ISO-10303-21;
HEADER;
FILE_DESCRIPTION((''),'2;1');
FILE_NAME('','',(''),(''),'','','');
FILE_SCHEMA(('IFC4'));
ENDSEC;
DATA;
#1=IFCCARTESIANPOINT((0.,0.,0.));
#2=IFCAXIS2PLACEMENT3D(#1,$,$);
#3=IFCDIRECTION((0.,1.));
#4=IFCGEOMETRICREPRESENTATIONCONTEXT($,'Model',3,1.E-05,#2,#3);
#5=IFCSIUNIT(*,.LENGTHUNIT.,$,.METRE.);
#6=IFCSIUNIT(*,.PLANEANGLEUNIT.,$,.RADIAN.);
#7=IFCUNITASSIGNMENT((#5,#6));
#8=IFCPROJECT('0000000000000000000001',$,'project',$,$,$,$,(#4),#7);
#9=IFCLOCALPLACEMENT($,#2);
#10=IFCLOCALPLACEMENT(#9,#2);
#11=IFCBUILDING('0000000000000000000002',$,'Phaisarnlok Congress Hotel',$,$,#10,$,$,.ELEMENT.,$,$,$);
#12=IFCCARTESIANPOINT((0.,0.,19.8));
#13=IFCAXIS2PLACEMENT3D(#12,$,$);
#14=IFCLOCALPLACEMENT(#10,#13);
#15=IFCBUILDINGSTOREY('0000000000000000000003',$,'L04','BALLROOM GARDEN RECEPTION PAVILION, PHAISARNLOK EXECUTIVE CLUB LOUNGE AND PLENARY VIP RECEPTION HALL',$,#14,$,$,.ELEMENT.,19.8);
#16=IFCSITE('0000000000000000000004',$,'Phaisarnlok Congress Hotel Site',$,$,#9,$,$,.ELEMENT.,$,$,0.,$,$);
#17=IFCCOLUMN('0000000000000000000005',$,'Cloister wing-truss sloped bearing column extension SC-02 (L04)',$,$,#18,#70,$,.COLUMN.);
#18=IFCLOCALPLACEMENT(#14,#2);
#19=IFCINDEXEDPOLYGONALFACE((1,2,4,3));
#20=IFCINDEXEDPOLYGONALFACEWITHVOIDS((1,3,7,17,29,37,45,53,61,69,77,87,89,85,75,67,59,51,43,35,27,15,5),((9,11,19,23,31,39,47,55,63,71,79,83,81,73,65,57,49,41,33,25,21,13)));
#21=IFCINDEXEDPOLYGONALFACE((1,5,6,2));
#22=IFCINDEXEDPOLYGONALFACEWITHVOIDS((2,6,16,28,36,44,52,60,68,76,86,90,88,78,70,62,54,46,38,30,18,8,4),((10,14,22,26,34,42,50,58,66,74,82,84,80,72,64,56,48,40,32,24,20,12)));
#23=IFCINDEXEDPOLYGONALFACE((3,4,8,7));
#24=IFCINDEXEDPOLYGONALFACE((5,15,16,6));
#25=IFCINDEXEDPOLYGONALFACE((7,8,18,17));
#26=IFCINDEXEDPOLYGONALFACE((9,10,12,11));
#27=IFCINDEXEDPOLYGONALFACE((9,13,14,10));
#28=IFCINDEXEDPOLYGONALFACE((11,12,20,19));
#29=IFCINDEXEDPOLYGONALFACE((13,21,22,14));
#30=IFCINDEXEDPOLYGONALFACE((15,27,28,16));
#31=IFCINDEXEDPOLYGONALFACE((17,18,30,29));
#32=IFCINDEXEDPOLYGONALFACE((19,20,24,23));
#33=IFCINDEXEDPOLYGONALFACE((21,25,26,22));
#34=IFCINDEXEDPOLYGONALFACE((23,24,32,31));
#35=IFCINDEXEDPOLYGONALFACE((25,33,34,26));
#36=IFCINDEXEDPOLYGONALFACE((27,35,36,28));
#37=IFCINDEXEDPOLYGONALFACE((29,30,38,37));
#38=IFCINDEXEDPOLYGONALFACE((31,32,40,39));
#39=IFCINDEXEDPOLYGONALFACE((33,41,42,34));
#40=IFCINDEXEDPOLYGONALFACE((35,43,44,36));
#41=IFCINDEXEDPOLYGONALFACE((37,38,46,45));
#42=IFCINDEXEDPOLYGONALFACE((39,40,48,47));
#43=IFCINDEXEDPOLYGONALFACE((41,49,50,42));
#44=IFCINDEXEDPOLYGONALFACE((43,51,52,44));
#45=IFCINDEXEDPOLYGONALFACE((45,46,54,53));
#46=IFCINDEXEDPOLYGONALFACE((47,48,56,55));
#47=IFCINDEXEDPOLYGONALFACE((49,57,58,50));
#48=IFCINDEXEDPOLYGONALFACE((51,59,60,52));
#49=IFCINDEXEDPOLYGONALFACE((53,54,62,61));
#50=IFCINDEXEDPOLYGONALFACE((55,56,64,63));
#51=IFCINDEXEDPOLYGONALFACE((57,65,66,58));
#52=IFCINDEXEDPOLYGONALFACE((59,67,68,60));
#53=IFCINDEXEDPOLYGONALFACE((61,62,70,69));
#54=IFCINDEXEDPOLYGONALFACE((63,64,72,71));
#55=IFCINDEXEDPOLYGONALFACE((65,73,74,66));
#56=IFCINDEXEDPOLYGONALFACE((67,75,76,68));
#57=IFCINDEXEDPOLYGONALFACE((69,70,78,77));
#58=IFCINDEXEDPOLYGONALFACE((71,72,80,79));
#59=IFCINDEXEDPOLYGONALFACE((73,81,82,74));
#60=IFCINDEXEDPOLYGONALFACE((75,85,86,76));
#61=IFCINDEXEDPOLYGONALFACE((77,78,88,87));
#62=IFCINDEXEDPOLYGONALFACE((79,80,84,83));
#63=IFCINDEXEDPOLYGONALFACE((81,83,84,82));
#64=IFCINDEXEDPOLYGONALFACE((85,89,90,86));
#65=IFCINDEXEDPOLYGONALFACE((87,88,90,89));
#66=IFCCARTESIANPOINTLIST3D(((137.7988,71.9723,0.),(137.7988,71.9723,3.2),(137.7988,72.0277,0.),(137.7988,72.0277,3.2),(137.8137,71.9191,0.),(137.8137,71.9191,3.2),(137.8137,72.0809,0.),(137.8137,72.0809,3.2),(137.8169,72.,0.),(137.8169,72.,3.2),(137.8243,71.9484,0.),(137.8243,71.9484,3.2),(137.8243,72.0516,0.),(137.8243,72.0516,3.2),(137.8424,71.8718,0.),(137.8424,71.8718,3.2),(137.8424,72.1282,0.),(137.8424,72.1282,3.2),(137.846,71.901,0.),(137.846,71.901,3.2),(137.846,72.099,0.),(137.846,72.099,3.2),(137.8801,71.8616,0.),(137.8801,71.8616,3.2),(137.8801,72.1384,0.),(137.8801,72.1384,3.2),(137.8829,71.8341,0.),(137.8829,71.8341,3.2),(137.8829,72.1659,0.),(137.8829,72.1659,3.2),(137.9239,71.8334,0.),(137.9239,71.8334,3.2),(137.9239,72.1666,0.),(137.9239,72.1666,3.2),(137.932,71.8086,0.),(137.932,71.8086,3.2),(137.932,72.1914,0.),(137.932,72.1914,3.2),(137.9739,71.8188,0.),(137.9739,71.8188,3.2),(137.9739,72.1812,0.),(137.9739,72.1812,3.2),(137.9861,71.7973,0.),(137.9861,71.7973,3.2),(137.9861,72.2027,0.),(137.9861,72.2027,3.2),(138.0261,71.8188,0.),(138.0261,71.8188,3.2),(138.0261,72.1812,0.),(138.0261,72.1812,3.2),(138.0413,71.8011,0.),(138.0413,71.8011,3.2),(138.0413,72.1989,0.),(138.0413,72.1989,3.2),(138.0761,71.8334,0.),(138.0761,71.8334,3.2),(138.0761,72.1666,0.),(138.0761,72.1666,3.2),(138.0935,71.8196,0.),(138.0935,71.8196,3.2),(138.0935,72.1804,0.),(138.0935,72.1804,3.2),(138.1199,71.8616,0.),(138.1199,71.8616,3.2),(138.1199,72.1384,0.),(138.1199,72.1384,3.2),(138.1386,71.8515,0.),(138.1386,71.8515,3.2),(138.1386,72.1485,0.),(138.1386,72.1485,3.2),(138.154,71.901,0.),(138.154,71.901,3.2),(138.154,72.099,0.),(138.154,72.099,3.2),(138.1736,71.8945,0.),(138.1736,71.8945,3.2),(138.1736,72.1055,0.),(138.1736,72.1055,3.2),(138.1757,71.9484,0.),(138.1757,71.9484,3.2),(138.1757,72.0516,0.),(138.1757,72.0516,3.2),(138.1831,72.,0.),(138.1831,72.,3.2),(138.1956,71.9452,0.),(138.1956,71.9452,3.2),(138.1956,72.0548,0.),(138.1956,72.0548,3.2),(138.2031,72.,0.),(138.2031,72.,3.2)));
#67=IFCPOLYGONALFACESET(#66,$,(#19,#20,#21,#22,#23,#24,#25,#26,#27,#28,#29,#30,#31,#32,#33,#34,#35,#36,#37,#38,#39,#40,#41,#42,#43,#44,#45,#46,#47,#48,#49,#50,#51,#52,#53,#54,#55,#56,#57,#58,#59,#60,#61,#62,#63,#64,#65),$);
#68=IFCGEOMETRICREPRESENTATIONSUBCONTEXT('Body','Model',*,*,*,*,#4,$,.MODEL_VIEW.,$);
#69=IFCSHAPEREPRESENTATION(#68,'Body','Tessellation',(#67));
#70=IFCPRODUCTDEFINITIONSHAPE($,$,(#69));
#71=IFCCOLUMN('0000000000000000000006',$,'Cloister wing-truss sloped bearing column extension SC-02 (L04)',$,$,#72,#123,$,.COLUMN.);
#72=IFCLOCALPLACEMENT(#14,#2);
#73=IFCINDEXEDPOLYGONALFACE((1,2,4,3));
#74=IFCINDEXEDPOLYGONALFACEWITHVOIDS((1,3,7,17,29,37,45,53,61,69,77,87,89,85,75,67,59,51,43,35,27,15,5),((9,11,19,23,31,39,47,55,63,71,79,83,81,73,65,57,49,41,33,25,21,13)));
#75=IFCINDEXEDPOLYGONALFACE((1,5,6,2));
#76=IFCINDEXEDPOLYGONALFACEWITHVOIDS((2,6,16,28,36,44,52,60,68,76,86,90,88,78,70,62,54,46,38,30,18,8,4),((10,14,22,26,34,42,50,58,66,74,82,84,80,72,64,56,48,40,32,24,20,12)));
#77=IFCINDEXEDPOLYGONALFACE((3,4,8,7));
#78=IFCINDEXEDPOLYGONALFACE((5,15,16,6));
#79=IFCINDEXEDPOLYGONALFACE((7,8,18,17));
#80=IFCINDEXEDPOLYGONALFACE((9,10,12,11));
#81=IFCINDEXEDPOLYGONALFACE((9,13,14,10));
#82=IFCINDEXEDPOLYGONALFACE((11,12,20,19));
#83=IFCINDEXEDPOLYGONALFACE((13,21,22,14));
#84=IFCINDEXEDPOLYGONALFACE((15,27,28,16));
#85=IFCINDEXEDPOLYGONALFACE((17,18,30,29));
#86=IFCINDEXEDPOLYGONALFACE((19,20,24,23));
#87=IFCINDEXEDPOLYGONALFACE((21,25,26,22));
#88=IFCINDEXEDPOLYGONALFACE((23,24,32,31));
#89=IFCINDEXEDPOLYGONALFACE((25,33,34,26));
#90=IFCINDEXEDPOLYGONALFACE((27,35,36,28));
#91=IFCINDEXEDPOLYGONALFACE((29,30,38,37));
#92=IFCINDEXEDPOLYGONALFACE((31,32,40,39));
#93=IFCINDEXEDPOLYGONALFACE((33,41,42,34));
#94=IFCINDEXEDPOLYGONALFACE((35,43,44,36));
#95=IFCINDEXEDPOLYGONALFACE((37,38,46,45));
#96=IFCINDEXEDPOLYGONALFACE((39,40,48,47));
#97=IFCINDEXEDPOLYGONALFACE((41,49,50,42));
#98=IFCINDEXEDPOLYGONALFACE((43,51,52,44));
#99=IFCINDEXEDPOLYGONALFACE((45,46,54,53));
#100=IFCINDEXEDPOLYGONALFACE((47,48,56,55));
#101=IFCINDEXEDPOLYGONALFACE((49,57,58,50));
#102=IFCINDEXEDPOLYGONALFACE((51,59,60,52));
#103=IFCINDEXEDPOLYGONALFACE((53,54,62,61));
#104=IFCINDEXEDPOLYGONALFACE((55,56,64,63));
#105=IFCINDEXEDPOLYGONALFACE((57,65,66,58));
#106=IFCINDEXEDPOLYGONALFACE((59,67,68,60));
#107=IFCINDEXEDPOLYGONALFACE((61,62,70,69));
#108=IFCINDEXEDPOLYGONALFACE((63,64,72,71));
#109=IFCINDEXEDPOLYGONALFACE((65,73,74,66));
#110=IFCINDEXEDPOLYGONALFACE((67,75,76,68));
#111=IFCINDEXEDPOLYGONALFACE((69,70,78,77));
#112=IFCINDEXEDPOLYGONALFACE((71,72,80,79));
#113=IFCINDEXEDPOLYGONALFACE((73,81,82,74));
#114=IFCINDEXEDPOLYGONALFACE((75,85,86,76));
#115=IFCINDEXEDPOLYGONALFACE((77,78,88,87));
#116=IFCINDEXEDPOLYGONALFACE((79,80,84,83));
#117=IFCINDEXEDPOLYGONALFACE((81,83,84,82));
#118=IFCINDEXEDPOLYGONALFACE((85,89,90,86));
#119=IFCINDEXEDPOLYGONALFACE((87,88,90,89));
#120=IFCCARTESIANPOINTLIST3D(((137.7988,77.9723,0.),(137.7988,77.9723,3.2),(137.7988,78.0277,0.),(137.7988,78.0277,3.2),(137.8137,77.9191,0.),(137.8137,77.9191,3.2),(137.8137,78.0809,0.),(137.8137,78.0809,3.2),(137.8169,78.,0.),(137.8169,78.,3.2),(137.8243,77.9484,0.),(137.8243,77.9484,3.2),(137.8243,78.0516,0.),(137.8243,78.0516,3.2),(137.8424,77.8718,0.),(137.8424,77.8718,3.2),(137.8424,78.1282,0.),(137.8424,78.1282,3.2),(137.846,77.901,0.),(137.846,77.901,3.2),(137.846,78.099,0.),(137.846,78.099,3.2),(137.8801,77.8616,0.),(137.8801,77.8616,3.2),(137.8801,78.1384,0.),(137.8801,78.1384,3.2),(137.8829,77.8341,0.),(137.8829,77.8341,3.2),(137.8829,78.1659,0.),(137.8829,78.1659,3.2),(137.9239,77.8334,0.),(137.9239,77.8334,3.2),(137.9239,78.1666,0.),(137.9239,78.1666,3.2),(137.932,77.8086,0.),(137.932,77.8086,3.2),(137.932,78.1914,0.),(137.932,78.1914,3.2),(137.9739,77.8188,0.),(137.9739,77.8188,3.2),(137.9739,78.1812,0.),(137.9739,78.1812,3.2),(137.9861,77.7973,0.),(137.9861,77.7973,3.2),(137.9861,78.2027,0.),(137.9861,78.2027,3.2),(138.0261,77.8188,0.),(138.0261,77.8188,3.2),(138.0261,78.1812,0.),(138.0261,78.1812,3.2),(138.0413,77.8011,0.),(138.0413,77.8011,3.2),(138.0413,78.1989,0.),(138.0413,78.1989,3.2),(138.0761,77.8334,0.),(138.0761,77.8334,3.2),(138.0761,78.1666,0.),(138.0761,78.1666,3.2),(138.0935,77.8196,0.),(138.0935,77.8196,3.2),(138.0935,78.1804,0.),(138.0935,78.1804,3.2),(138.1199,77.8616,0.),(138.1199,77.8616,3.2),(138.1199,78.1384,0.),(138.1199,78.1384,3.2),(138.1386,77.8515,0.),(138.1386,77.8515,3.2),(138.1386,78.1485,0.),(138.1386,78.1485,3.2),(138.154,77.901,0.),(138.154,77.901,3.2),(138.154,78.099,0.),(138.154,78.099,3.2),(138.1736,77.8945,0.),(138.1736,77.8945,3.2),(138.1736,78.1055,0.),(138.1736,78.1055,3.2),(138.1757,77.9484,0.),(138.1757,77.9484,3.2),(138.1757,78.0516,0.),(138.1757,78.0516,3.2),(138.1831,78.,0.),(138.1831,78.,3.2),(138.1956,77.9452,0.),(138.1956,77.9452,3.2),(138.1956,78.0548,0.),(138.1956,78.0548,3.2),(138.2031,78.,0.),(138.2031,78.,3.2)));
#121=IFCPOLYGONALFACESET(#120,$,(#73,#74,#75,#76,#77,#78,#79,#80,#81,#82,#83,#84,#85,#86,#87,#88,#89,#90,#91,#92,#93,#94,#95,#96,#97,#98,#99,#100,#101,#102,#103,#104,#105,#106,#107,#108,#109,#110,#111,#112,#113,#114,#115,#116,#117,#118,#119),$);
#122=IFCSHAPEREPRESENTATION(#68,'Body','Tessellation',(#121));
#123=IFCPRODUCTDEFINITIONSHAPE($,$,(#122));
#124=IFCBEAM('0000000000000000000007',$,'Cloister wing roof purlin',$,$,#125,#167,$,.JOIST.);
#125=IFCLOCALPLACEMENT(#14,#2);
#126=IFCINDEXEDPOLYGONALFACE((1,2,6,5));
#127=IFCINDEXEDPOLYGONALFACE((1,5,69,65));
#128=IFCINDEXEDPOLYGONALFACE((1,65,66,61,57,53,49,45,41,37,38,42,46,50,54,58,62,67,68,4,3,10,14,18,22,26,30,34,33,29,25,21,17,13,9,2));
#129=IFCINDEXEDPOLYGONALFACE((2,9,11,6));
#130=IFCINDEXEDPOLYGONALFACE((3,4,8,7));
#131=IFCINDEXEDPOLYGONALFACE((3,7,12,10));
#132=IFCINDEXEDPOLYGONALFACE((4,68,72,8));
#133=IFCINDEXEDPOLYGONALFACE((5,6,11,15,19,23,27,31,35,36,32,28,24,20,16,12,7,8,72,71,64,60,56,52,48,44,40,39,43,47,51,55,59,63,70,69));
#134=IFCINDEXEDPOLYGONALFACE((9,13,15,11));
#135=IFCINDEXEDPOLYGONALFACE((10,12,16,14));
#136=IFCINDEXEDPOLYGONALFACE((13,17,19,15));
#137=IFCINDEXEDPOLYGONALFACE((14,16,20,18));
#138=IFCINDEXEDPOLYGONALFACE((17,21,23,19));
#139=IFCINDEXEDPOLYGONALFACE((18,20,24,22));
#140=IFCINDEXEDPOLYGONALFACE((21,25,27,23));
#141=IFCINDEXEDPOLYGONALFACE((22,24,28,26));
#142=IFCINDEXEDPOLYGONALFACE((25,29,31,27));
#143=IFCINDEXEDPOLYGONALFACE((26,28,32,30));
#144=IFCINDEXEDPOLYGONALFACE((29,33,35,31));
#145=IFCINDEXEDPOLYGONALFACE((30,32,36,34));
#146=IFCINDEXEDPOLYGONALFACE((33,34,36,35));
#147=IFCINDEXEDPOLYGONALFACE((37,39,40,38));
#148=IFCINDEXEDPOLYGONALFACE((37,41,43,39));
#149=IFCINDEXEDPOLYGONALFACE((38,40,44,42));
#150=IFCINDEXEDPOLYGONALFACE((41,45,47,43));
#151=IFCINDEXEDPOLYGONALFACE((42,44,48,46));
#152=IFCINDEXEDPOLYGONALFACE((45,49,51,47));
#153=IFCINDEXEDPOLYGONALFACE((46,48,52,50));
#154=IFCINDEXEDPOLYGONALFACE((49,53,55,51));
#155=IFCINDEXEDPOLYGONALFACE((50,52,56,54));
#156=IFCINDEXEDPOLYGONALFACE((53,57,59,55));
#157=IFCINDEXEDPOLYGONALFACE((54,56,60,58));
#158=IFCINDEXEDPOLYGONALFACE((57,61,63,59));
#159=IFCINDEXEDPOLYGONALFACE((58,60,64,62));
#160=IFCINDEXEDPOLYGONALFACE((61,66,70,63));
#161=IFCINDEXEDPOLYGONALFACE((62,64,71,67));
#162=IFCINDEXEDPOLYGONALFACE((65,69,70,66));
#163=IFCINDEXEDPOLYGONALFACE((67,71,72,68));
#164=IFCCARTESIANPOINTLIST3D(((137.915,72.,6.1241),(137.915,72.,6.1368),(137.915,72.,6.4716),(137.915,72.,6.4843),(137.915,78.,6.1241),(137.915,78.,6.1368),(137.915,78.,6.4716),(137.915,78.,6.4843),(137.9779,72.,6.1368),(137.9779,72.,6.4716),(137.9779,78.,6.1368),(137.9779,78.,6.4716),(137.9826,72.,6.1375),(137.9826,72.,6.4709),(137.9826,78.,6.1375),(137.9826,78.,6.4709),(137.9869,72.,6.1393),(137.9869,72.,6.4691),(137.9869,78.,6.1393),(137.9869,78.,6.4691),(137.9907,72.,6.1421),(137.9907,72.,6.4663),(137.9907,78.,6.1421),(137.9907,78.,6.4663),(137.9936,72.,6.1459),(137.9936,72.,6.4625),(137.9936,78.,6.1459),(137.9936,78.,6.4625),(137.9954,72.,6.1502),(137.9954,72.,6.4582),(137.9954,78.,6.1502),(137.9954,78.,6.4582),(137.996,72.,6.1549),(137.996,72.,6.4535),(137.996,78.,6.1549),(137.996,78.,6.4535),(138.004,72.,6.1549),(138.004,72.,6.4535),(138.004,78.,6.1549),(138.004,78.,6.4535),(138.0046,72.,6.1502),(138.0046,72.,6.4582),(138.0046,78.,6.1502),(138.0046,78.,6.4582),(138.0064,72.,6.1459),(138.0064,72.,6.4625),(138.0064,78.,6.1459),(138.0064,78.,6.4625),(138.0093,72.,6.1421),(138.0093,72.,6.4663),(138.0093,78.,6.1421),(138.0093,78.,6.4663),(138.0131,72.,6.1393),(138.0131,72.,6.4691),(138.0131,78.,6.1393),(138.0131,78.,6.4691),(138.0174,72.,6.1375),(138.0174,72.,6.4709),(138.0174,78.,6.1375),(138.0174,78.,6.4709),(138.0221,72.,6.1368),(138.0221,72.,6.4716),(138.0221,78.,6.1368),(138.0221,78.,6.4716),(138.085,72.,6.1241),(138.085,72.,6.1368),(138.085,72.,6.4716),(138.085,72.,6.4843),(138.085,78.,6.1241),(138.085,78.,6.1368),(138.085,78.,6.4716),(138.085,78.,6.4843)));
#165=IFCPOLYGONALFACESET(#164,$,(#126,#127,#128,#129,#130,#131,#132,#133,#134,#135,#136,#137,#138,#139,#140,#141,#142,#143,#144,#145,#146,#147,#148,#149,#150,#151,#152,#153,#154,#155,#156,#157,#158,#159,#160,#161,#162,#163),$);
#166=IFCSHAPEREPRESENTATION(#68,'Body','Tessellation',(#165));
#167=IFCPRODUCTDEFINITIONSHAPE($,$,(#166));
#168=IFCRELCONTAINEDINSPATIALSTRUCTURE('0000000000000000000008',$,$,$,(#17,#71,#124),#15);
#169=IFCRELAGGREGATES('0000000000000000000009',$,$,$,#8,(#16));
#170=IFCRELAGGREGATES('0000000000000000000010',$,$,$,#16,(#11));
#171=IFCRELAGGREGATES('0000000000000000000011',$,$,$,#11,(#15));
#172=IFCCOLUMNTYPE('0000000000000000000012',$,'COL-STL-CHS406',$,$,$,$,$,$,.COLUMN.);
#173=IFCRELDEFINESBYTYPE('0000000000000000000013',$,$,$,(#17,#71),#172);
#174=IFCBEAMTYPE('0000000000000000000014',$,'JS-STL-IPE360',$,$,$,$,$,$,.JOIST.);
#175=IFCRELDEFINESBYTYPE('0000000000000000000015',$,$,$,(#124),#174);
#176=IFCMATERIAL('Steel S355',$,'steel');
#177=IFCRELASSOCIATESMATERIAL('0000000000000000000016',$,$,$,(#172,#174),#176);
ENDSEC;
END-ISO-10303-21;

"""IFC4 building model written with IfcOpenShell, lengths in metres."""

from ifc_helpers import new_model, si_unit, direction, frame, origin, origin_2d, place, context, subcontext, project, spatial, hollow_circle, i_section, extrude, material, material_profile, profile_set, type_object, element, save


model = new_model("IFC4")

# Units and contexts
model_context = context("Model", 3, precision=1e-05, world=origin(), true_north=direction((0.0, 1.0)))
body_context = subcontext(model_context, "Body", "Model", "MODEL_VIEW")
ifc_project = project(units=[si_unit("LENGTHUNIT", "METRE"), si_unit("PLANEANGLEUNIT", "RADIAN")], contexts=[model_context])

# Site, building, storey
site_placement = place(None, origin())
site = spatial("IfcSite", under=ifc_project, at=site_placement, Name="Phaisarnlok Congress Hotel Site", CompositionType="ELEMENT", RefElevation=0.0)
building_placement = place(site_placement, origin())
building = spatial("IfcBuilding", under=site, at=building_placement, Name="Phaisarnlok Congress Hotel", CompositionType="ELEMENT")
storey_placement = place(building_placement, frame((0.0, 0.0, 19.8)))
storey = spatial("IfcBuildingStorey", under=building, at=storey_placement, Name="L04", Description="BALLROOM GARDEN RECEPTION PAVILION, PHAISARNLOK EXECUTIVE CLUB LOUNGE AND PLENARY VIP RECEPTION HALL", CompositionType="ELEMENT", Elevation=19.8)

# Columns
ifc_material_1 = material(Name="Steel S355", Category="steel")
ifc_material_profile_1 = material_profile(ifc_material_1, hollow_circle(Radius=0.2031, WallThickness=0.02, at=origin_2d()), Name="CHS 406.4x20")
ifc_profile_set_1 = profile_set([ifc_material_profile_1], Name="Steel S355")
column_type = type_object("IfcColumnType", Name="COL-STL-CHS406", PredefinedType="COLUMN", material=ifc_profile_set_1)
for number, where, z_axis, x_axis, name in (
    (1, (138.0, 72.0, 0.0), (0.0, 0.0, 1.0), (1.0, 0.0, 0.0), "Cloister wing-truss sloped bearing column extension SC-02 (L04)"),
    (2, (138.0, 78.0, 0.0), (0.0, 0.0, 1.0), (1.0, 0.0, 0.0), "Cloister wing-truss sloped bearing column extension SC-02 (L04)"),
):
    element("IfcColumn", number, at=place(storey_placement, frame(where, z_axis=z_axis, x_axis=x_axis)), inside=storey, type_object=column_type, Name=name, PredefinedType="COLUMN", context=body_context, shape_type="SweptSolid", body=[
        extrude(hollow_circle(Radius=0.2031, WallThickness=0.02, at=origin_2d()), origin(), (0.0, 0.0, 1.0), 3.2),
    ])

# Beam
ifc_material_profile_2 = material_profile(ifc_material_1, i_section(OverallWidth=0.1699, OverallDepth=0.3601, WebThickness=0.0081, FlangeThickness=0.0127, FilletRadius=0.0181, at=origin_2d()), Name="IPE 360")
ifc_profile_set_2 = profile_set([ifc_material_profile_2], Name="Steel S355")
beam_type = type_object("IfcBeamType", Name="JS-STL-IPE360", PredefinedType="JOIST", material=ifc_profile_set_2)
for number, where, z_axis, x_axis, name in (
    (3, (138.0, 72.0, 6.3042), (0.0, 1.0, 0.0), (-1.0, 0.0, 0.0), "Cloister wing roof purlin"),
):
    element("IfcBeam", number, at=place(storey_placement, frame(where, z_axis=z_axis, x_axis=x_axis)), inside=storey, type_object=beam_type, Name=name, PredefinedType="JOIST", context=body_context, shape_type="SweptSolid", body=[
        extrude(i_section(OverallWidth=0.1699, OverallDepth=0.3601, WebThickness=0.0081, FlangeThickness=0.0127, FilletRadius=0.0181, at=origin_2d()), origin(), (0.0, 0.0, 1.0), 6.0),
    ])

save(model, "model.ifc")
